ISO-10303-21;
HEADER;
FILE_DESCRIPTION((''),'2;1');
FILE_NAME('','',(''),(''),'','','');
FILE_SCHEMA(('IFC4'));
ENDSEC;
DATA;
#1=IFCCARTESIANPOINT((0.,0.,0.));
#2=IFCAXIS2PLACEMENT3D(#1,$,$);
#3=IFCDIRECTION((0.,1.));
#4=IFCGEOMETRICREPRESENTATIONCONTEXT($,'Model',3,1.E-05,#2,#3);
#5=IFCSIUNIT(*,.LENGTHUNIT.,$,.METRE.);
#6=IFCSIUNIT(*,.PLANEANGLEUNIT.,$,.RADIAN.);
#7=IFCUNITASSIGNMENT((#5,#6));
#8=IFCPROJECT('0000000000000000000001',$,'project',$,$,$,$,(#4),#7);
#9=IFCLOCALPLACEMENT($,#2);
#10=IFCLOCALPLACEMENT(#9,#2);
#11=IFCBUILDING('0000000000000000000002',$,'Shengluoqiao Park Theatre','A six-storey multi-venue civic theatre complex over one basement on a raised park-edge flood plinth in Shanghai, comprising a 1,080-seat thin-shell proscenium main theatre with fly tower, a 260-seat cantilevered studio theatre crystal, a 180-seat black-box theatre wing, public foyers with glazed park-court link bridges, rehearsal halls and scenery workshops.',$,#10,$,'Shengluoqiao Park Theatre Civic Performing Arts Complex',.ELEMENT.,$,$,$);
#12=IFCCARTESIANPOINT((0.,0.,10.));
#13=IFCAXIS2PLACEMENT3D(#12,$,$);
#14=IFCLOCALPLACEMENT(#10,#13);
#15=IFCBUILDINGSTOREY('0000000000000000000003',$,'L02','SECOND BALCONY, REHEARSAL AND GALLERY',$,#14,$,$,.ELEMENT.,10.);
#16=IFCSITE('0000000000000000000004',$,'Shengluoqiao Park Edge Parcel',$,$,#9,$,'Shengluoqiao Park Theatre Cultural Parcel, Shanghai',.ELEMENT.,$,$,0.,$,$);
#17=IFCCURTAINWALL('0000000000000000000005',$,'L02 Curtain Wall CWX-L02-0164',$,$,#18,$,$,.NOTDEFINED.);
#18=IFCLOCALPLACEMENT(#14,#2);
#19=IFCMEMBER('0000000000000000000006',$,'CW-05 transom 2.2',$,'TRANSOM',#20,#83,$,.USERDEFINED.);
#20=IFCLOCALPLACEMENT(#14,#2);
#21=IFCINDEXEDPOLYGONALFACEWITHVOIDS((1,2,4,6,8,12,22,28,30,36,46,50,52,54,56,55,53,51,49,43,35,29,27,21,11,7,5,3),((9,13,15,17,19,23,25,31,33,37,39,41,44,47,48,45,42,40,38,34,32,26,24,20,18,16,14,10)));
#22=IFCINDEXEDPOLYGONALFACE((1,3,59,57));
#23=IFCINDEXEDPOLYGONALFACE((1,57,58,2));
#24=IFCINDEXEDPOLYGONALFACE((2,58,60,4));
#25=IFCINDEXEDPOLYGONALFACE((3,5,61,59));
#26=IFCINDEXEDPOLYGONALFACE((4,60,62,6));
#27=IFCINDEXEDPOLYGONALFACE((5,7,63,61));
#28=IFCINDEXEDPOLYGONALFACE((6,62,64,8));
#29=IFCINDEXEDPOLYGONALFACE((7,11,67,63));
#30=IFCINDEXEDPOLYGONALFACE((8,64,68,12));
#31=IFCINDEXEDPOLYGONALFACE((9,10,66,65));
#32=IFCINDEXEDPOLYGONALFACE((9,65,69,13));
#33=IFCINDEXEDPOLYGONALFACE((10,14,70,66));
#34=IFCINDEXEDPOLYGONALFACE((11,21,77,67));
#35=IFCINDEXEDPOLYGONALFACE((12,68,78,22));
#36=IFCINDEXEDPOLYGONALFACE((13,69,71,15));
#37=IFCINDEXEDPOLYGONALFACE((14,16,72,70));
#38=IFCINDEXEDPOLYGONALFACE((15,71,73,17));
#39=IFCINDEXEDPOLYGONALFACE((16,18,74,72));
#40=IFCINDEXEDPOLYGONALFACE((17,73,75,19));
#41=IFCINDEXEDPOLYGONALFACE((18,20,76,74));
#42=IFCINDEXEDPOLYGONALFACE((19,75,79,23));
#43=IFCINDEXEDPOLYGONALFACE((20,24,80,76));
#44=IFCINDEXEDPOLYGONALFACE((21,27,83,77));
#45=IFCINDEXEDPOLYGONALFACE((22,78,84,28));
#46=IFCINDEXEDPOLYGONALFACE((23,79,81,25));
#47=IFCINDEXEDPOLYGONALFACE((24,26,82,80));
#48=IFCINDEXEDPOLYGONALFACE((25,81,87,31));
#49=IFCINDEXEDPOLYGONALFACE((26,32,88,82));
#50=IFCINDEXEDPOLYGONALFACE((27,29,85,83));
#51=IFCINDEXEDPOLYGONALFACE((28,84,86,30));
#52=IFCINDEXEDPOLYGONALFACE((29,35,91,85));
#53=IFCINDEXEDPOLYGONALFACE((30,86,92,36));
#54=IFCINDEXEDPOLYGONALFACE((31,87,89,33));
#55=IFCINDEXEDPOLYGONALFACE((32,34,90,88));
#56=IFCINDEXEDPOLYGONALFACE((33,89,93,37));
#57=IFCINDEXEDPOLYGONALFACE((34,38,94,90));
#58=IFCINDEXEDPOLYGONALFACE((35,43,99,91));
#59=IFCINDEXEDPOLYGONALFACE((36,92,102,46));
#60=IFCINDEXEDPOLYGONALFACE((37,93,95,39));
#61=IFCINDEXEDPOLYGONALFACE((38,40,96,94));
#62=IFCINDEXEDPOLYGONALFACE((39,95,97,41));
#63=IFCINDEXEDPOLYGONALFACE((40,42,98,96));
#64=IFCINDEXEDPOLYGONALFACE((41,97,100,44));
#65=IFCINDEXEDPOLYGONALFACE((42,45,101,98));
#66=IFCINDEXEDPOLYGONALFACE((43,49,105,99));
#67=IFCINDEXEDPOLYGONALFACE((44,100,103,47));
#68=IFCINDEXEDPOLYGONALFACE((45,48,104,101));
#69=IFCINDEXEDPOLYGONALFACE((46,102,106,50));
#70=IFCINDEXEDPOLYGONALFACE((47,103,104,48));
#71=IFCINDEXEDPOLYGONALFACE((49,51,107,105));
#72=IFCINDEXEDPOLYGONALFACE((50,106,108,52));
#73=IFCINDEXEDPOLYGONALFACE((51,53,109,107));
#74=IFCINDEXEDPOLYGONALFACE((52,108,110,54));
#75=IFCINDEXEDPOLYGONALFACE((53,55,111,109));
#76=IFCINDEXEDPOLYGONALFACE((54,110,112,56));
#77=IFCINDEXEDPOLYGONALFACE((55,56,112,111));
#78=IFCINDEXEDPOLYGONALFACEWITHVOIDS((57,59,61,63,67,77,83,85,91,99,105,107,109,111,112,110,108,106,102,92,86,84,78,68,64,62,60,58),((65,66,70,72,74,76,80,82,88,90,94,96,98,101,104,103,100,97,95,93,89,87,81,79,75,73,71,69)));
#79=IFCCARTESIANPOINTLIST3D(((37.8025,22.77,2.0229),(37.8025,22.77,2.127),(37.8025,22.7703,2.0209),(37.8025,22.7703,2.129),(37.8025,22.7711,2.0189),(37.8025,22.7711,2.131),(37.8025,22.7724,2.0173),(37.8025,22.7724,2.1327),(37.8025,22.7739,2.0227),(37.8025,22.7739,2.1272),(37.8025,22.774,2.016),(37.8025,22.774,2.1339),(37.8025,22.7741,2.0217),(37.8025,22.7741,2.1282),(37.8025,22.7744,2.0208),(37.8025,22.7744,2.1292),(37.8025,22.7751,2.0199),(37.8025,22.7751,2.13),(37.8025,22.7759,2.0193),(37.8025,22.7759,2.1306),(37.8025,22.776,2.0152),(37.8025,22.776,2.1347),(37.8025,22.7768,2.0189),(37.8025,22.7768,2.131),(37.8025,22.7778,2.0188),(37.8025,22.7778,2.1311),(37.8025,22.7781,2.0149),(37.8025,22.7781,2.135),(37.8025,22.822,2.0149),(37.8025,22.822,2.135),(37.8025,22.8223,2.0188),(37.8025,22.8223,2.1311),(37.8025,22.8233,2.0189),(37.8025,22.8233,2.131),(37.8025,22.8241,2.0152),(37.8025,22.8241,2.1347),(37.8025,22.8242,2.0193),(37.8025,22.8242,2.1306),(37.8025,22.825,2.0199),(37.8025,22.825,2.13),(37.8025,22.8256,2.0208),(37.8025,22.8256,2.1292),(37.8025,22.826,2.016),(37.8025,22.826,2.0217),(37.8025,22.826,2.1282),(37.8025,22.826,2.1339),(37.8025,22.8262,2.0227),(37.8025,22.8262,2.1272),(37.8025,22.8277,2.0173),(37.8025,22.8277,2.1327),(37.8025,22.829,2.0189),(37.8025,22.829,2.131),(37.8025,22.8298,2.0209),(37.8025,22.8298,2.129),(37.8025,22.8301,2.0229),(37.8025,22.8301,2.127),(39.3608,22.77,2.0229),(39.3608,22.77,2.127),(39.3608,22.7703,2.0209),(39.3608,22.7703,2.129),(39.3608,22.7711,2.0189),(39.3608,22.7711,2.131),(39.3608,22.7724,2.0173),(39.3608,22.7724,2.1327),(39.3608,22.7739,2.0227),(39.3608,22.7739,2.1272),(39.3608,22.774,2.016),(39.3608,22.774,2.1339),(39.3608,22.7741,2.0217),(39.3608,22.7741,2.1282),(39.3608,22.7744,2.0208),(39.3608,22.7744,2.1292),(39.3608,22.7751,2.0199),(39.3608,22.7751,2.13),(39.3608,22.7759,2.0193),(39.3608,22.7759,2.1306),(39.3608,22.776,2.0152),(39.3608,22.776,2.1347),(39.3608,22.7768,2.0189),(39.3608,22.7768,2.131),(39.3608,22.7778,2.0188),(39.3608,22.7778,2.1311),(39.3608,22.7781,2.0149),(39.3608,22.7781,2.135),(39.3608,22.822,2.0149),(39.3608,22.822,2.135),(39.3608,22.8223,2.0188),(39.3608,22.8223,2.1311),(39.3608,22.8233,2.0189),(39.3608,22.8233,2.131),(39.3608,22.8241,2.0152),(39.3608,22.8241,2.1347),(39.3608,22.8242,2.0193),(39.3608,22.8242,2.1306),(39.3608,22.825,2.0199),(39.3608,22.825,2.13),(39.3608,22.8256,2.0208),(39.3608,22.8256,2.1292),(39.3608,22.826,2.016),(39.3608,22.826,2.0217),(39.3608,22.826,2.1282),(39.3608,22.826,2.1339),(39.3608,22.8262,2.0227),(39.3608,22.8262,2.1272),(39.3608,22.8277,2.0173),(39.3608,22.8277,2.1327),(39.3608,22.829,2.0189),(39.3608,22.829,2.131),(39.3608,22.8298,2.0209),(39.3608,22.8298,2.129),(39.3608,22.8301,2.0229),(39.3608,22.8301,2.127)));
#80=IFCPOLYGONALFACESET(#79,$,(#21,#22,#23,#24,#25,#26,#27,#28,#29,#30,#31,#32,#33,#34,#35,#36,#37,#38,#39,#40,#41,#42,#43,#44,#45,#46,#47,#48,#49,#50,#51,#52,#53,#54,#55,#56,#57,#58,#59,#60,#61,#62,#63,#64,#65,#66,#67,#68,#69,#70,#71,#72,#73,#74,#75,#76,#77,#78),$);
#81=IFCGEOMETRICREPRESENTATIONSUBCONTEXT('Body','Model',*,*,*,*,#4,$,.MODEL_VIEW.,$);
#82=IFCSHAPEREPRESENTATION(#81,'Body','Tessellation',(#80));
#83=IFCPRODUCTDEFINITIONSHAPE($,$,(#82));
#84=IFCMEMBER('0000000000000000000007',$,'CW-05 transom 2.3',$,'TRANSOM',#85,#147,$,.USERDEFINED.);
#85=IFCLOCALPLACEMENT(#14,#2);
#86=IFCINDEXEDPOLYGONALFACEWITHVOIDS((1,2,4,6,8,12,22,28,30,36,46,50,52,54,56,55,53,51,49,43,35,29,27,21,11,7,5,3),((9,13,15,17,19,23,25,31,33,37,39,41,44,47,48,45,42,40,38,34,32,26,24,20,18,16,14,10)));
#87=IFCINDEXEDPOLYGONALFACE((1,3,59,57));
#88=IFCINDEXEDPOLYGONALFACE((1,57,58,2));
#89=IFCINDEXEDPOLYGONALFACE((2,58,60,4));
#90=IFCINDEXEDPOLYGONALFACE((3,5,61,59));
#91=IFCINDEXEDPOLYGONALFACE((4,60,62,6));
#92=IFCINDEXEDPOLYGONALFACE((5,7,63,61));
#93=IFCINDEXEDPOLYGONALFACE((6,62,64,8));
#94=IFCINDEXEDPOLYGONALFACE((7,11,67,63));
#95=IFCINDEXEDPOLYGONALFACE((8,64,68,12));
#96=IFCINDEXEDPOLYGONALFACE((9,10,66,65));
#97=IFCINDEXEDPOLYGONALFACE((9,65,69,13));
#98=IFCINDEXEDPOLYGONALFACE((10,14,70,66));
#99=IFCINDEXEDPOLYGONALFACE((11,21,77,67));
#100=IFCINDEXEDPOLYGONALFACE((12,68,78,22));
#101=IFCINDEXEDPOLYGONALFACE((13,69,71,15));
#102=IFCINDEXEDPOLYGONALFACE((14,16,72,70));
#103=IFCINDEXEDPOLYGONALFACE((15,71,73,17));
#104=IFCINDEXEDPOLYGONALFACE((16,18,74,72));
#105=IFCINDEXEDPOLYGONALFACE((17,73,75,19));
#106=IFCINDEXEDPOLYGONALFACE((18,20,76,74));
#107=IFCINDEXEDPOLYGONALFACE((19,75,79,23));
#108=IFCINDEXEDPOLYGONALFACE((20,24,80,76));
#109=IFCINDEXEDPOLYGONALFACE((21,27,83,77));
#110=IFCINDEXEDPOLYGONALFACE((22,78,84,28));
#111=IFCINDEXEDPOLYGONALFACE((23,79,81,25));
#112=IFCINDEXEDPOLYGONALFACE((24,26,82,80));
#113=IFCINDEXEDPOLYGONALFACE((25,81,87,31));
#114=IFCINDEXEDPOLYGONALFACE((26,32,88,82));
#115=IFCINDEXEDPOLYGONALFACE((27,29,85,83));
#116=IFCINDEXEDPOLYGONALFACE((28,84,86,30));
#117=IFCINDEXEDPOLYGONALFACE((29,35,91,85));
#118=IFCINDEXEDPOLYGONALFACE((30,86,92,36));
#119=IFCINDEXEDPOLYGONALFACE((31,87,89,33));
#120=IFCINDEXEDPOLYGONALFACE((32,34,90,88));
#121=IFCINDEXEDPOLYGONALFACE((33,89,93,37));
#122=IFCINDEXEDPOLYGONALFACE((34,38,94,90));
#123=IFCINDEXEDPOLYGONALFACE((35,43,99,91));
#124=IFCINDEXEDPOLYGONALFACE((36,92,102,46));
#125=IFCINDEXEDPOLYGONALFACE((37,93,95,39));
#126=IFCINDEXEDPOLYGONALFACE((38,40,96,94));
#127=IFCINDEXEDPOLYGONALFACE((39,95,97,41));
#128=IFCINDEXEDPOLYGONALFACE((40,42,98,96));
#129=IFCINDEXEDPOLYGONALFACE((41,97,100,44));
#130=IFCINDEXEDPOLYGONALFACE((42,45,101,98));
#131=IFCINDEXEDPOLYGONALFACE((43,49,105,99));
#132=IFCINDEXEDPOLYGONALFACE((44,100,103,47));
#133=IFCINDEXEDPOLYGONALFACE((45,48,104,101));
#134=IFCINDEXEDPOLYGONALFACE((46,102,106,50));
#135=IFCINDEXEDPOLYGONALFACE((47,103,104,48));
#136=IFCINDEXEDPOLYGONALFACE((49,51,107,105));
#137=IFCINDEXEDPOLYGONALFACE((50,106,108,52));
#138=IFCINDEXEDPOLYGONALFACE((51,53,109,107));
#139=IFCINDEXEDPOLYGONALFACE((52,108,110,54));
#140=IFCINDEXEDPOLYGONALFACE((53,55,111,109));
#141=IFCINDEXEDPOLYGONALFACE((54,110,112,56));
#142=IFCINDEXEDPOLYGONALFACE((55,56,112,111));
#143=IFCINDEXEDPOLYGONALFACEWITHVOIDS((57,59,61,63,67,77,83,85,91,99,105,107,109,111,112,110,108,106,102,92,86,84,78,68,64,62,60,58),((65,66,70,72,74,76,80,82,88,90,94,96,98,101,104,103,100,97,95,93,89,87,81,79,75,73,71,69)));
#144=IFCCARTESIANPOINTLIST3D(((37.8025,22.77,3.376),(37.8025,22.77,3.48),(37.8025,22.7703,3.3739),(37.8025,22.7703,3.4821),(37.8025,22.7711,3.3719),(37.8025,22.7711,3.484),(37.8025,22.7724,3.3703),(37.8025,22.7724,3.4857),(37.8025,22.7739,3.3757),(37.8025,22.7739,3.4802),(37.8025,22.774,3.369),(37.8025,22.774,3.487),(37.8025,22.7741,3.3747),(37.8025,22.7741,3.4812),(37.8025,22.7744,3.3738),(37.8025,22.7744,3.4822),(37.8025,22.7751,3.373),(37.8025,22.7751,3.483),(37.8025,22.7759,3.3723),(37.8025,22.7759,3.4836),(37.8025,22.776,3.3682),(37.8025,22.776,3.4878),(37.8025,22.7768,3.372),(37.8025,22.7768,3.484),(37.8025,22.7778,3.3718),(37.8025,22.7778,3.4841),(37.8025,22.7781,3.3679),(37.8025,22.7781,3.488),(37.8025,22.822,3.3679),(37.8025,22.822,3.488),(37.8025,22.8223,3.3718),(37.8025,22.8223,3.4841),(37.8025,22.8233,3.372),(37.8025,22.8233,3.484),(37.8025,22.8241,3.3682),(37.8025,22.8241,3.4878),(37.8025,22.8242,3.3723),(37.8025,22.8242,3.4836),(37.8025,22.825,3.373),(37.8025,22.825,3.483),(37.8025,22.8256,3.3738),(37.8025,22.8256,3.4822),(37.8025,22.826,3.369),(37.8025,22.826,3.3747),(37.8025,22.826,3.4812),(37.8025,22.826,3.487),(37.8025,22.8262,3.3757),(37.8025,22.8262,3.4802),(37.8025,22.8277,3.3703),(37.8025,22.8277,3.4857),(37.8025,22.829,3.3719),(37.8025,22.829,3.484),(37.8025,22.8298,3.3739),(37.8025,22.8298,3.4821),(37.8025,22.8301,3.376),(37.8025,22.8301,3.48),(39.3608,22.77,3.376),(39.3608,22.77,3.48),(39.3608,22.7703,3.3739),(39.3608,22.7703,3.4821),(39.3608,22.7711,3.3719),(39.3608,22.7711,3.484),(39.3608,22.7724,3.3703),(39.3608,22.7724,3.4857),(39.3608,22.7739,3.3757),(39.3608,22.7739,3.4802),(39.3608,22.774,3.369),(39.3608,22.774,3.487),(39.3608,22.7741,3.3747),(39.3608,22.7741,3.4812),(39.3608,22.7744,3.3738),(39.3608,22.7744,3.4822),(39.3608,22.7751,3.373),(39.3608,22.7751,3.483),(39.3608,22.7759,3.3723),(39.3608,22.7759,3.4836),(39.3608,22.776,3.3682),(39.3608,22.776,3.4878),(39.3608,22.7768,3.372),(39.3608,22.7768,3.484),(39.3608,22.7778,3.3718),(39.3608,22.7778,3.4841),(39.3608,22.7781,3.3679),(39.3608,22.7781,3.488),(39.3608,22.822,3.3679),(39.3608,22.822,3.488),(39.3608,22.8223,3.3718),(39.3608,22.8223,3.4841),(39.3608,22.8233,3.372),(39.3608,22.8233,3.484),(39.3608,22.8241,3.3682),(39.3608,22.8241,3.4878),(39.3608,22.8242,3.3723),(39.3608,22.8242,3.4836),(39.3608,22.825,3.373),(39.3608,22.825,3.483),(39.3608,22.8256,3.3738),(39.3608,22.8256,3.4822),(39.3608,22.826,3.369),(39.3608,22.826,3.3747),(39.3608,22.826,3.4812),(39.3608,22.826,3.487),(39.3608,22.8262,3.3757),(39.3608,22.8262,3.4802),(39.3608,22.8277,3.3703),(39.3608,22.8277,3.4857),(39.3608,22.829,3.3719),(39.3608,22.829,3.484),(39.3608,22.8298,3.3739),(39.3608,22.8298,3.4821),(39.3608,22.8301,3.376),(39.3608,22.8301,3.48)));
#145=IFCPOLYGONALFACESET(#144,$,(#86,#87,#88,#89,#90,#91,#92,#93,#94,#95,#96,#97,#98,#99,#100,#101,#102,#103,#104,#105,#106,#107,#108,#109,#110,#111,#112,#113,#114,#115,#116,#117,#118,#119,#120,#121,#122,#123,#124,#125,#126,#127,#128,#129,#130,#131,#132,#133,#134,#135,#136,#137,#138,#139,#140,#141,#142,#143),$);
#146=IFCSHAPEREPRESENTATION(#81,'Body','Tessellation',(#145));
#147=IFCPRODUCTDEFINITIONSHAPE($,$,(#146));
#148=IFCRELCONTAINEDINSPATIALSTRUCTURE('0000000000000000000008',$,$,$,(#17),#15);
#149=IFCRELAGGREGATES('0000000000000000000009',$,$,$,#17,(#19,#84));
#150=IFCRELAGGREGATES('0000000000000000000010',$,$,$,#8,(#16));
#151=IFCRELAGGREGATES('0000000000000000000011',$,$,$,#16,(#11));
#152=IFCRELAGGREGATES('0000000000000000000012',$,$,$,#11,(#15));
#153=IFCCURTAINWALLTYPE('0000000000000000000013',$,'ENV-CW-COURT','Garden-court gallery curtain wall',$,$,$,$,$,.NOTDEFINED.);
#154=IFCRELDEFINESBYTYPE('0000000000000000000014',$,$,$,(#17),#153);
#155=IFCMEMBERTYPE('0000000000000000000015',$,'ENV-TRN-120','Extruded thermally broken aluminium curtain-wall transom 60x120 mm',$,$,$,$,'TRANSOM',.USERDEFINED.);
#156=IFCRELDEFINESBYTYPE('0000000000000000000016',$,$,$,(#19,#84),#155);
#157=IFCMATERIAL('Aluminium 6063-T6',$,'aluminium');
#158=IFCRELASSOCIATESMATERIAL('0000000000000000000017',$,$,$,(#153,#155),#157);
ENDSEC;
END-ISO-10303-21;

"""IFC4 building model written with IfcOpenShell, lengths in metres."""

from ifc_helpers import new_model, si_unit, direction, frame, origin, origin_2d, place, context, subcontext, project, spatial, hollow_rectangle, extrude, material, material_profile, profile_set, type_object, element, aggregate, save


model = new_model("IFC4")

# Units and contexts
model_context = context("Model", 3, precision=1e-05, world=origin(), true_north=direction((0.0, 1.0)))
body_context = subcontext(model_context, "Body", "Model", "MODEL_VIEW")
ifc_project = project(units=[si_unit("LENGTHUNIT", "METRE"), si_unit("PLANEANGLEUNIT", "RADIAN")], contexts=[model_context])

# Site, building, storey
site_placement = place(None, origin())
site = spatial("IfcSite", under=ifc_project, at=site_placement, Name="Shengluoqiao Park Edge Parcel", LongName="Shengluoqiao Park Theatre Cultural Parcel, Shanghai", CompositionType="ELEMENT", RefElevation=0.0)
building_placement = place(site_placement, origin())
building = spatial("IfcBuilding", under=site, at=building_placement, Name="Shengluoqiao Park Theatre", Description="A six-storey multi-venue civic theatre complex over one basement on a raised park-edge flood plinth in Shanghai, comprising a 1,080-seat thin-shell proscenium main theatre with fly tower, a 260-seat cantilevered studio theatre crystal, a 180-seat black-box theatre wing, public foyers with glazed park-court link bridges, rehearsal halls and scenery workshops.", LongName="Shengluoqiao Park Theatre Civic Performing Arts Complex", CompositionType="ELEMENT")
storey_placement = place(building_placement, frame((0.0, 0.0, 10.0)))
storey = spatial("IfcBuildingStorey", under=building, at=storey_placement, Name="L02", Description="SECOND BALCONY, REHEARSAL AND GALLERY", CompositionType="ELEMENT", Elevation=10.0)

# Curtain wall, members
ifc_material_1 = material(Name="Aluminium 6063-T6", Category="aluminium")
curtain_wall_type = type_object("IfcCurtainWallType", Name="ENV-CW-COURT", Description="Garden-court gallery curtain wall", PredefinedType="NOTDEFINED", material=ifc_material_1)
curtain_wall_placement = place(storey_placement, origin())
curtain_wall = element("IfcCurtainWall", 1, at=curtain_wall_placement, inside=storey, type_object=curtain_wall_type, Name="L02 Curtain Wall CWX-L02-0164", PredefinedType="NOTDEFINED")
ifc_material_profile_1 = material_profile(ifc_material_1, hollow_rectangle(XDim=0.0601, YDim=0.1201, WallThickness=0.0039, InnerFilletRadius=0.0039, OuterFilletRadius=0.0081, at=origin_2d()), Name="ALU TRANSOM 120x60x4")
ifc_profile_set_1 = profile_set([ifc_material_profile_1], Name="Aluminium 6063-T6")
member_type_1 = type_object("IfcMemberType", Name="ENV-TRN-120", Description="Extruded thermally broken aluminium curtain-wall transom 60x120 mm", ElementType="TRANSOM", PredefinedType="USERDEFINED", material=ifc_profile_set_1)
member_1_placement = place(storey_placement, frame((37.8025, 22.8, 2.075), z_axis=(1.0, 0.0, 0.0), x_axis=(0.0, 1.0, 0.0)))
member_1 = element("IfcMember", 2, at=member_1_placement, type_object=member_type_1, Name="CW-05 transom 2.2", ObjectType="TRANSOM", PredefinedType="USERDEFINED", context=body_context, shape_type="SweptSolid", body=[
    extrude(hollow_rectangle(XDim=0.0601, YDim=0.1201, WallThickness=0.0039, InnerFilletRadius=0.0039, OuterFilletRadius=0.0081, at=origin_2d()), origin(), (0.0, 0.0, 1.0), 1.5583),
])
member_2_placement = place(storey_placement, frame((37.8025, 22.8, 3.428), z_axis=(1.0, 0.0, 0.0), x_axis=(0.0, 1.0, 0.0)))
member_2 = element("IfcMember", 3, at=member_2_placement, type_object=member_type_1, Name="CW-05 transom 2.3", ObjectType="TRANSOM", PredefinedType="USERDEFINED", context=body_context, shape_type="SweptSolid", body=[
    extrude(hollow_rectangle(XDim=0.0601, YDim=0.1201, WallThickness=0.0039, InnerFilletRadius=0.0039, OuterFilletRadius=0.0081, at=origin_2d()), origin(), (0.0, 0.0, 1.0), 1.5583),
])

aggregate(curtain_wall, [member_1, member_2])

save(model, "model.ifc")
